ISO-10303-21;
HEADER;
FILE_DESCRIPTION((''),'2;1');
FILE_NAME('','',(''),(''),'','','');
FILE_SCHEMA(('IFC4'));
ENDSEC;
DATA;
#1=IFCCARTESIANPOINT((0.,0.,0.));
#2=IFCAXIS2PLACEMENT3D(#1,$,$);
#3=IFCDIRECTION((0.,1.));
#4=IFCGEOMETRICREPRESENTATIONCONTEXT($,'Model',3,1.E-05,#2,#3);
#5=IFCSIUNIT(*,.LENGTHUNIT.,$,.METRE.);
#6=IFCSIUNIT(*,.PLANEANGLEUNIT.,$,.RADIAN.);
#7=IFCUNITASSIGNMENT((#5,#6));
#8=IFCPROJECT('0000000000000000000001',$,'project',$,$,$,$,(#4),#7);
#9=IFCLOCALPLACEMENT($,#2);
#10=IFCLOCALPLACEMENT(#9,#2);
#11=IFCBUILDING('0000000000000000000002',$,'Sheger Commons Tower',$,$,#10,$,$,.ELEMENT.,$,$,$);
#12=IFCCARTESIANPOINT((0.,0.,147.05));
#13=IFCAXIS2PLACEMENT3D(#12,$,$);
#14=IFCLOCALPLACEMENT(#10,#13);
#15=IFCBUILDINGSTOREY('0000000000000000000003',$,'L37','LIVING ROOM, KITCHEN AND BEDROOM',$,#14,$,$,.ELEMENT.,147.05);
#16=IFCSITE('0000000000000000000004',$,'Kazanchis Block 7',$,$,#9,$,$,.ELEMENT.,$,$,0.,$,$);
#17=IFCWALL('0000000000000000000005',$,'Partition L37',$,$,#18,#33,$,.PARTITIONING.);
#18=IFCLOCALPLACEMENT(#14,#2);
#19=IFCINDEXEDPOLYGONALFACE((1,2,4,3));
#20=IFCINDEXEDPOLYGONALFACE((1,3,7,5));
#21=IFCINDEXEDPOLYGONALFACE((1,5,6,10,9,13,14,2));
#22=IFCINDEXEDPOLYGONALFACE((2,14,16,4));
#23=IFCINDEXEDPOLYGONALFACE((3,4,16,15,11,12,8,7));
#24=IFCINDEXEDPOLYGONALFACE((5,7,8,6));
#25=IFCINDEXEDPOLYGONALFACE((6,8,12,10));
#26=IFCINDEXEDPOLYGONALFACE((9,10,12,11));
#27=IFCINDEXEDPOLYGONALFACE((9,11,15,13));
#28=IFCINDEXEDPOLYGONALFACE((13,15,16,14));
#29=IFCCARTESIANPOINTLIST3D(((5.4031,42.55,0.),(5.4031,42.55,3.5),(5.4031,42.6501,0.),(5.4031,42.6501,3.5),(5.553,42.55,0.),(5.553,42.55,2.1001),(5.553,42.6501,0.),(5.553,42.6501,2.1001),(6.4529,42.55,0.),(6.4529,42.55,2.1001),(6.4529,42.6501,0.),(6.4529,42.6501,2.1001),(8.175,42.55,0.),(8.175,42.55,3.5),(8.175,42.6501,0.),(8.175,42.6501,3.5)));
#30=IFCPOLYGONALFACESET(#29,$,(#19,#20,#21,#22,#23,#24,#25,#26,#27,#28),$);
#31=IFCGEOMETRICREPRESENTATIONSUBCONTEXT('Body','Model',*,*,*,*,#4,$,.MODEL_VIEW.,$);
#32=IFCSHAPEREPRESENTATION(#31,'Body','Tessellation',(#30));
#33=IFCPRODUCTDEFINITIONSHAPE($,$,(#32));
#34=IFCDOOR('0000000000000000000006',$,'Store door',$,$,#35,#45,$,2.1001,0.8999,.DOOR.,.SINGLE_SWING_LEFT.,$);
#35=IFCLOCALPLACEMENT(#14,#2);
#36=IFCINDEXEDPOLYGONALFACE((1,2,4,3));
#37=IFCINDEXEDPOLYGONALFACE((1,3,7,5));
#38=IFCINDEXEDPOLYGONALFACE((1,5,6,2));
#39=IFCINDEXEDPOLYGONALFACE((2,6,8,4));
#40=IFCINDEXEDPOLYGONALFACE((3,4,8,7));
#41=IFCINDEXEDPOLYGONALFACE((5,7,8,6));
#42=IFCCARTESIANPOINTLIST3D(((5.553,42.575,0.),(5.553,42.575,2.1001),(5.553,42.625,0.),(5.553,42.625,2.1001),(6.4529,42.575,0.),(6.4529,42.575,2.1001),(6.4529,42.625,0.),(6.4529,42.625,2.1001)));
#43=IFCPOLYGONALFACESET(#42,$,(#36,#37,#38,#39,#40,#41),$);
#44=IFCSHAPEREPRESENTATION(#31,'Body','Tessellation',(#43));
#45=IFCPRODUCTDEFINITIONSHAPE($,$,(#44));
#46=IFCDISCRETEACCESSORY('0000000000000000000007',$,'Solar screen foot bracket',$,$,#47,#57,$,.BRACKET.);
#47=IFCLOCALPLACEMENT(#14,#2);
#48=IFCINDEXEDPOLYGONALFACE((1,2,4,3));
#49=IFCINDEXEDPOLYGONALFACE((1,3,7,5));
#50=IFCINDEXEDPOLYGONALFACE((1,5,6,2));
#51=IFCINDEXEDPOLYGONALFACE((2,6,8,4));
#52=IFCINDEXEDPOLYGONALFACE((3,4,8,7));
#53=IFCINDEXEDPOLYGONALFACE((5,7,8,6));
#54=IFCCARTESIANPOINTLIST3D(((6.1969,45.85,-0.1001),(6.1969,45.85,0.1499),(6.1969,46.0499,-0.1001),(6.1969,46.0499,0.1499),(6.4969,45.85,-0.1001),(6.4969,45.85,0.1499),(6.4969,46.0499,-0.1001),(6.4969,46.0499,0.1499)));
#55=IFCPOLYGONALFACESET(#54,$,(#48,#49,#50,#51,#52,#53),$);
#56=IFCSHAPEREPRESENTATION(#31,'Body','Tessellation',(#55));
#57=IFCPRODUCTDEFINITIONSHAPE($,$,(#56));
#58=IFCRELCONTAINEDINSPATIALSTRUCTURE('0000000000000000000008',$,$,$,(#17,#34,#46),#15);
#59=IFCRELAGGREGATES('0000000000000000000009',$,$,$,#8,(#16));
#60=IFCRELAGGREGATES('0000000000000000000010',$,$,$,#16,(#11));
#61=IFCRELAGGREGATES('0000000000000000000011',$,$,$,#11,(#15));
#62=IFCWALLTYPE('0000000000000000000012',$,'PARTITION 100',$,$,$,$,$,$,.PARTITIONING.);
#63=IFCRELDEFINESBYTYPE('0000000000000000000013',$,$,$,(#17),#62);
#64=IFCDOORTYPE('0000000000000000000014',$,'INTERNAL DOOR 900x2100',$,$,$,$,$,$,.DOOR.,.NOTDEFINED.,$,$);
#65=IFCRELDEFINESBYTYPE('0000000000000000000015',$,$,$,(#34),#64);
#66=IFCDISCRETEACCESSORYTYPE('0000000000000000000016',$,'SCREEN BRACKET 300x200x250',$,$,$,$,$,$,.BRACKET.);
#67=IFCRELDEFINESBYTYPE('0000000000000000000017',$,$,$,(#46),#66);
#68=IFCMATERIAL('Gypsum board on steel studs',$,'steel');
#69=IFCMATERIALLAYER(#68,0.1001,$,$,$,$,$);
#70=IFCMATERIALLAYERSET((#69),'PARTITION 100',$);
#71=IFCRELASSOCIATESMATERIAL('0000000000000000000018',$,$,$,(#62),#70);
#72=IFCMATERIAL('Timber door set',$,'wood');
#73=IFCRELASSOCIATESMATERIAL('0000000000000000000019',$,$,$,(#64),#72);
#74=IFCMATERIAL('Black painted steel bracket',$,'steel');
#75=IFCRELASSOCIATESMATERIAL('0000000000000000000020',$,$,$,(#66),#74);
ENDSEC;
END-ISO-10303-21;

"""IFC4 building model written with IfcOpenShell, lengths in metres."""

from ifc_helpers import new_model, si_unit, direction, frame, frame_2d, origin, origin_2d, place, context, subcontext, project, spatial, rectangle, extrude, material, layer, layer_set, type_object, element, fill, save


model = new_model("IFC4")

# Units and contexts
model_context = context("Model", 3, precision=1e-05, world=origin(), true_north=direction((0.0, 1.0)))
body_context = subcontext(model_context, "Body", "Model", "MODEL_VIEW")
ifc_project = project(units=[si_unit("LENGTHUNIT", "METRE"), si_unit("PLANEANGLEUNIT", "RADIAN")], contexts=[model_context])

# Site, building, storey
site_placement = place(None, origin())
site = spatial("IfcSite", under=ifc_project, at=site_placement, Name="Kazanchis Block 7", CompositionType="ELEMENT", RefElevation=0.0)
building_placement = place(site_placement, origin())
building = spatial("IfcBuilding", under=site, at=building_placement, Name="Sheger Commons Tower", CompositionType="ELEMENT")
storey_placement = place(building_placement, frame((0.0, 0.0, 147.05)))
storey = spatial("IfcBuildingStorey", under=building, at=storey_placement, Name="L37", Description="LIVING ROOM, KITCHEN AND BEDROOM", CompositionType="ELEMENT", Elevation=147.05)

# Shared definitions
ifc_material_1 = material(Name="Gypsum board on steel studs", Category="steel")
ifc_layer_1 = layer(ifc_material_1, 0.1001)
ifc_layer_set_1 = layer_set([ifc_layer_1], Name="PARTITION 100")
wall_type_1 = type_object("IfcWallType", Name="PARTITION 100", PredefinedType="PARTITIONING", material=ifc_layer_set_1)

# Shared definitions
ifc_material_2 = material(Name="Timber door set", Category="wood")
door_type = type_object("IfcDoorType", Name="INTERNAL DOOR 900x2100", OperationType="NOTDEFINED", PredefinedType="DOOR", material=ifc_material_2)

# Wall, opening, door
wall_1_placement = place(storey_placement, frame((5.4031, 42.6001, 0.0), z_axis=(0.0, 0.0, 1.0), x_axis=(1.0, 0.0, 0.0)))
wall_1 = element("IfcWall", 1, at=wall_1_placement, inside=storey, type_object=wall_type_1, Name="Partition L37", PredefinedType="PARTITIONING", context=body_context, shape_type="SweptSolid", body=[
    extrude(rectangle(XDim=2.772, YDim=0.1001, at=frame_2d((1.386, 0.0))), origin(), (0.0, 0.0, 1.0), 3.5),
])
opening_1_placement = place(wall_1_placement, frame((0.1499, 0.0, 0.0)))
opening_1 = element("IfcOpeningElement", 2, at=opening_1_placement, cuts=wall_1, PredefinedType="OPENING", context=body_context, shape_type="SweptSolid", body=[
    extrude(rectangle(XDim=0.8999, YDim=2.1001, at=frame_2d((0.45, 1.05))), frame((0.0, 0.0601, 0.0), z_axis=(0.0, -1.0, 0.0), x_axis=(1.0, 0.0, 0.0)), (0.0, 0.0, 1.0), 0.1201),
])
door_1_placement = place(opening_1_placement, origin())
door_1 = element("IfcDoor", 3, at=door_1_placement, inside=storey, type_object=door_type, Name="Store door", OperationType="SINGLE_SWING_LEFT", OverallHeight=2.1001, OverallWidth=0.8999, PredefinedType="DOOR", context=body_context, shape_type="SweptSolid", body=[
    extrude(rectangle(XDim=0.8999, YDim=2.1001, at=frame_2d((0.45, 1.05))), frame((0.0, 0.0249, 0.0), z_axis=(0.0, -1.0, 0.0), x_axis=(1.0, 0.0, 0.0)), (0.0, 0.0, 1.0), 0.05),
])
fill(opening_1, door_1)

# Discrete accessory
ifc_material_3 = material(Name="Black painted steel bracket", Category="steel")
discrete_accessory_type = type_object("IfcDiscreteAccessoryType", Name="SCREEN BRACKET 300x200x250", PredefinedType="BRACKET", material=ifc_material_3)
discrete_accessory_placement = place(storey_placement, frame((6.3469, 45.95, -0.1001), z_axis=(0.0, 0.0, 1.0), x_axis=(-1.0, 0.0, 0.0)))
element("IfcDiscreteAccessory", 4, at=discrete_accessory_placement, inside=storey, type_object=discrete_accessory_type, Name="Solar screen foot bracket", PredefinedType="BRACKET", context=body_context, shape_type="SweptSolid", body=[
    extrude(rectangle(XDim=0.3, YDim=0.2, at=origin_2d()), origin(), (0.0, 0.0, 1.0), 0.25),
])

save(model, "model.ifc")
